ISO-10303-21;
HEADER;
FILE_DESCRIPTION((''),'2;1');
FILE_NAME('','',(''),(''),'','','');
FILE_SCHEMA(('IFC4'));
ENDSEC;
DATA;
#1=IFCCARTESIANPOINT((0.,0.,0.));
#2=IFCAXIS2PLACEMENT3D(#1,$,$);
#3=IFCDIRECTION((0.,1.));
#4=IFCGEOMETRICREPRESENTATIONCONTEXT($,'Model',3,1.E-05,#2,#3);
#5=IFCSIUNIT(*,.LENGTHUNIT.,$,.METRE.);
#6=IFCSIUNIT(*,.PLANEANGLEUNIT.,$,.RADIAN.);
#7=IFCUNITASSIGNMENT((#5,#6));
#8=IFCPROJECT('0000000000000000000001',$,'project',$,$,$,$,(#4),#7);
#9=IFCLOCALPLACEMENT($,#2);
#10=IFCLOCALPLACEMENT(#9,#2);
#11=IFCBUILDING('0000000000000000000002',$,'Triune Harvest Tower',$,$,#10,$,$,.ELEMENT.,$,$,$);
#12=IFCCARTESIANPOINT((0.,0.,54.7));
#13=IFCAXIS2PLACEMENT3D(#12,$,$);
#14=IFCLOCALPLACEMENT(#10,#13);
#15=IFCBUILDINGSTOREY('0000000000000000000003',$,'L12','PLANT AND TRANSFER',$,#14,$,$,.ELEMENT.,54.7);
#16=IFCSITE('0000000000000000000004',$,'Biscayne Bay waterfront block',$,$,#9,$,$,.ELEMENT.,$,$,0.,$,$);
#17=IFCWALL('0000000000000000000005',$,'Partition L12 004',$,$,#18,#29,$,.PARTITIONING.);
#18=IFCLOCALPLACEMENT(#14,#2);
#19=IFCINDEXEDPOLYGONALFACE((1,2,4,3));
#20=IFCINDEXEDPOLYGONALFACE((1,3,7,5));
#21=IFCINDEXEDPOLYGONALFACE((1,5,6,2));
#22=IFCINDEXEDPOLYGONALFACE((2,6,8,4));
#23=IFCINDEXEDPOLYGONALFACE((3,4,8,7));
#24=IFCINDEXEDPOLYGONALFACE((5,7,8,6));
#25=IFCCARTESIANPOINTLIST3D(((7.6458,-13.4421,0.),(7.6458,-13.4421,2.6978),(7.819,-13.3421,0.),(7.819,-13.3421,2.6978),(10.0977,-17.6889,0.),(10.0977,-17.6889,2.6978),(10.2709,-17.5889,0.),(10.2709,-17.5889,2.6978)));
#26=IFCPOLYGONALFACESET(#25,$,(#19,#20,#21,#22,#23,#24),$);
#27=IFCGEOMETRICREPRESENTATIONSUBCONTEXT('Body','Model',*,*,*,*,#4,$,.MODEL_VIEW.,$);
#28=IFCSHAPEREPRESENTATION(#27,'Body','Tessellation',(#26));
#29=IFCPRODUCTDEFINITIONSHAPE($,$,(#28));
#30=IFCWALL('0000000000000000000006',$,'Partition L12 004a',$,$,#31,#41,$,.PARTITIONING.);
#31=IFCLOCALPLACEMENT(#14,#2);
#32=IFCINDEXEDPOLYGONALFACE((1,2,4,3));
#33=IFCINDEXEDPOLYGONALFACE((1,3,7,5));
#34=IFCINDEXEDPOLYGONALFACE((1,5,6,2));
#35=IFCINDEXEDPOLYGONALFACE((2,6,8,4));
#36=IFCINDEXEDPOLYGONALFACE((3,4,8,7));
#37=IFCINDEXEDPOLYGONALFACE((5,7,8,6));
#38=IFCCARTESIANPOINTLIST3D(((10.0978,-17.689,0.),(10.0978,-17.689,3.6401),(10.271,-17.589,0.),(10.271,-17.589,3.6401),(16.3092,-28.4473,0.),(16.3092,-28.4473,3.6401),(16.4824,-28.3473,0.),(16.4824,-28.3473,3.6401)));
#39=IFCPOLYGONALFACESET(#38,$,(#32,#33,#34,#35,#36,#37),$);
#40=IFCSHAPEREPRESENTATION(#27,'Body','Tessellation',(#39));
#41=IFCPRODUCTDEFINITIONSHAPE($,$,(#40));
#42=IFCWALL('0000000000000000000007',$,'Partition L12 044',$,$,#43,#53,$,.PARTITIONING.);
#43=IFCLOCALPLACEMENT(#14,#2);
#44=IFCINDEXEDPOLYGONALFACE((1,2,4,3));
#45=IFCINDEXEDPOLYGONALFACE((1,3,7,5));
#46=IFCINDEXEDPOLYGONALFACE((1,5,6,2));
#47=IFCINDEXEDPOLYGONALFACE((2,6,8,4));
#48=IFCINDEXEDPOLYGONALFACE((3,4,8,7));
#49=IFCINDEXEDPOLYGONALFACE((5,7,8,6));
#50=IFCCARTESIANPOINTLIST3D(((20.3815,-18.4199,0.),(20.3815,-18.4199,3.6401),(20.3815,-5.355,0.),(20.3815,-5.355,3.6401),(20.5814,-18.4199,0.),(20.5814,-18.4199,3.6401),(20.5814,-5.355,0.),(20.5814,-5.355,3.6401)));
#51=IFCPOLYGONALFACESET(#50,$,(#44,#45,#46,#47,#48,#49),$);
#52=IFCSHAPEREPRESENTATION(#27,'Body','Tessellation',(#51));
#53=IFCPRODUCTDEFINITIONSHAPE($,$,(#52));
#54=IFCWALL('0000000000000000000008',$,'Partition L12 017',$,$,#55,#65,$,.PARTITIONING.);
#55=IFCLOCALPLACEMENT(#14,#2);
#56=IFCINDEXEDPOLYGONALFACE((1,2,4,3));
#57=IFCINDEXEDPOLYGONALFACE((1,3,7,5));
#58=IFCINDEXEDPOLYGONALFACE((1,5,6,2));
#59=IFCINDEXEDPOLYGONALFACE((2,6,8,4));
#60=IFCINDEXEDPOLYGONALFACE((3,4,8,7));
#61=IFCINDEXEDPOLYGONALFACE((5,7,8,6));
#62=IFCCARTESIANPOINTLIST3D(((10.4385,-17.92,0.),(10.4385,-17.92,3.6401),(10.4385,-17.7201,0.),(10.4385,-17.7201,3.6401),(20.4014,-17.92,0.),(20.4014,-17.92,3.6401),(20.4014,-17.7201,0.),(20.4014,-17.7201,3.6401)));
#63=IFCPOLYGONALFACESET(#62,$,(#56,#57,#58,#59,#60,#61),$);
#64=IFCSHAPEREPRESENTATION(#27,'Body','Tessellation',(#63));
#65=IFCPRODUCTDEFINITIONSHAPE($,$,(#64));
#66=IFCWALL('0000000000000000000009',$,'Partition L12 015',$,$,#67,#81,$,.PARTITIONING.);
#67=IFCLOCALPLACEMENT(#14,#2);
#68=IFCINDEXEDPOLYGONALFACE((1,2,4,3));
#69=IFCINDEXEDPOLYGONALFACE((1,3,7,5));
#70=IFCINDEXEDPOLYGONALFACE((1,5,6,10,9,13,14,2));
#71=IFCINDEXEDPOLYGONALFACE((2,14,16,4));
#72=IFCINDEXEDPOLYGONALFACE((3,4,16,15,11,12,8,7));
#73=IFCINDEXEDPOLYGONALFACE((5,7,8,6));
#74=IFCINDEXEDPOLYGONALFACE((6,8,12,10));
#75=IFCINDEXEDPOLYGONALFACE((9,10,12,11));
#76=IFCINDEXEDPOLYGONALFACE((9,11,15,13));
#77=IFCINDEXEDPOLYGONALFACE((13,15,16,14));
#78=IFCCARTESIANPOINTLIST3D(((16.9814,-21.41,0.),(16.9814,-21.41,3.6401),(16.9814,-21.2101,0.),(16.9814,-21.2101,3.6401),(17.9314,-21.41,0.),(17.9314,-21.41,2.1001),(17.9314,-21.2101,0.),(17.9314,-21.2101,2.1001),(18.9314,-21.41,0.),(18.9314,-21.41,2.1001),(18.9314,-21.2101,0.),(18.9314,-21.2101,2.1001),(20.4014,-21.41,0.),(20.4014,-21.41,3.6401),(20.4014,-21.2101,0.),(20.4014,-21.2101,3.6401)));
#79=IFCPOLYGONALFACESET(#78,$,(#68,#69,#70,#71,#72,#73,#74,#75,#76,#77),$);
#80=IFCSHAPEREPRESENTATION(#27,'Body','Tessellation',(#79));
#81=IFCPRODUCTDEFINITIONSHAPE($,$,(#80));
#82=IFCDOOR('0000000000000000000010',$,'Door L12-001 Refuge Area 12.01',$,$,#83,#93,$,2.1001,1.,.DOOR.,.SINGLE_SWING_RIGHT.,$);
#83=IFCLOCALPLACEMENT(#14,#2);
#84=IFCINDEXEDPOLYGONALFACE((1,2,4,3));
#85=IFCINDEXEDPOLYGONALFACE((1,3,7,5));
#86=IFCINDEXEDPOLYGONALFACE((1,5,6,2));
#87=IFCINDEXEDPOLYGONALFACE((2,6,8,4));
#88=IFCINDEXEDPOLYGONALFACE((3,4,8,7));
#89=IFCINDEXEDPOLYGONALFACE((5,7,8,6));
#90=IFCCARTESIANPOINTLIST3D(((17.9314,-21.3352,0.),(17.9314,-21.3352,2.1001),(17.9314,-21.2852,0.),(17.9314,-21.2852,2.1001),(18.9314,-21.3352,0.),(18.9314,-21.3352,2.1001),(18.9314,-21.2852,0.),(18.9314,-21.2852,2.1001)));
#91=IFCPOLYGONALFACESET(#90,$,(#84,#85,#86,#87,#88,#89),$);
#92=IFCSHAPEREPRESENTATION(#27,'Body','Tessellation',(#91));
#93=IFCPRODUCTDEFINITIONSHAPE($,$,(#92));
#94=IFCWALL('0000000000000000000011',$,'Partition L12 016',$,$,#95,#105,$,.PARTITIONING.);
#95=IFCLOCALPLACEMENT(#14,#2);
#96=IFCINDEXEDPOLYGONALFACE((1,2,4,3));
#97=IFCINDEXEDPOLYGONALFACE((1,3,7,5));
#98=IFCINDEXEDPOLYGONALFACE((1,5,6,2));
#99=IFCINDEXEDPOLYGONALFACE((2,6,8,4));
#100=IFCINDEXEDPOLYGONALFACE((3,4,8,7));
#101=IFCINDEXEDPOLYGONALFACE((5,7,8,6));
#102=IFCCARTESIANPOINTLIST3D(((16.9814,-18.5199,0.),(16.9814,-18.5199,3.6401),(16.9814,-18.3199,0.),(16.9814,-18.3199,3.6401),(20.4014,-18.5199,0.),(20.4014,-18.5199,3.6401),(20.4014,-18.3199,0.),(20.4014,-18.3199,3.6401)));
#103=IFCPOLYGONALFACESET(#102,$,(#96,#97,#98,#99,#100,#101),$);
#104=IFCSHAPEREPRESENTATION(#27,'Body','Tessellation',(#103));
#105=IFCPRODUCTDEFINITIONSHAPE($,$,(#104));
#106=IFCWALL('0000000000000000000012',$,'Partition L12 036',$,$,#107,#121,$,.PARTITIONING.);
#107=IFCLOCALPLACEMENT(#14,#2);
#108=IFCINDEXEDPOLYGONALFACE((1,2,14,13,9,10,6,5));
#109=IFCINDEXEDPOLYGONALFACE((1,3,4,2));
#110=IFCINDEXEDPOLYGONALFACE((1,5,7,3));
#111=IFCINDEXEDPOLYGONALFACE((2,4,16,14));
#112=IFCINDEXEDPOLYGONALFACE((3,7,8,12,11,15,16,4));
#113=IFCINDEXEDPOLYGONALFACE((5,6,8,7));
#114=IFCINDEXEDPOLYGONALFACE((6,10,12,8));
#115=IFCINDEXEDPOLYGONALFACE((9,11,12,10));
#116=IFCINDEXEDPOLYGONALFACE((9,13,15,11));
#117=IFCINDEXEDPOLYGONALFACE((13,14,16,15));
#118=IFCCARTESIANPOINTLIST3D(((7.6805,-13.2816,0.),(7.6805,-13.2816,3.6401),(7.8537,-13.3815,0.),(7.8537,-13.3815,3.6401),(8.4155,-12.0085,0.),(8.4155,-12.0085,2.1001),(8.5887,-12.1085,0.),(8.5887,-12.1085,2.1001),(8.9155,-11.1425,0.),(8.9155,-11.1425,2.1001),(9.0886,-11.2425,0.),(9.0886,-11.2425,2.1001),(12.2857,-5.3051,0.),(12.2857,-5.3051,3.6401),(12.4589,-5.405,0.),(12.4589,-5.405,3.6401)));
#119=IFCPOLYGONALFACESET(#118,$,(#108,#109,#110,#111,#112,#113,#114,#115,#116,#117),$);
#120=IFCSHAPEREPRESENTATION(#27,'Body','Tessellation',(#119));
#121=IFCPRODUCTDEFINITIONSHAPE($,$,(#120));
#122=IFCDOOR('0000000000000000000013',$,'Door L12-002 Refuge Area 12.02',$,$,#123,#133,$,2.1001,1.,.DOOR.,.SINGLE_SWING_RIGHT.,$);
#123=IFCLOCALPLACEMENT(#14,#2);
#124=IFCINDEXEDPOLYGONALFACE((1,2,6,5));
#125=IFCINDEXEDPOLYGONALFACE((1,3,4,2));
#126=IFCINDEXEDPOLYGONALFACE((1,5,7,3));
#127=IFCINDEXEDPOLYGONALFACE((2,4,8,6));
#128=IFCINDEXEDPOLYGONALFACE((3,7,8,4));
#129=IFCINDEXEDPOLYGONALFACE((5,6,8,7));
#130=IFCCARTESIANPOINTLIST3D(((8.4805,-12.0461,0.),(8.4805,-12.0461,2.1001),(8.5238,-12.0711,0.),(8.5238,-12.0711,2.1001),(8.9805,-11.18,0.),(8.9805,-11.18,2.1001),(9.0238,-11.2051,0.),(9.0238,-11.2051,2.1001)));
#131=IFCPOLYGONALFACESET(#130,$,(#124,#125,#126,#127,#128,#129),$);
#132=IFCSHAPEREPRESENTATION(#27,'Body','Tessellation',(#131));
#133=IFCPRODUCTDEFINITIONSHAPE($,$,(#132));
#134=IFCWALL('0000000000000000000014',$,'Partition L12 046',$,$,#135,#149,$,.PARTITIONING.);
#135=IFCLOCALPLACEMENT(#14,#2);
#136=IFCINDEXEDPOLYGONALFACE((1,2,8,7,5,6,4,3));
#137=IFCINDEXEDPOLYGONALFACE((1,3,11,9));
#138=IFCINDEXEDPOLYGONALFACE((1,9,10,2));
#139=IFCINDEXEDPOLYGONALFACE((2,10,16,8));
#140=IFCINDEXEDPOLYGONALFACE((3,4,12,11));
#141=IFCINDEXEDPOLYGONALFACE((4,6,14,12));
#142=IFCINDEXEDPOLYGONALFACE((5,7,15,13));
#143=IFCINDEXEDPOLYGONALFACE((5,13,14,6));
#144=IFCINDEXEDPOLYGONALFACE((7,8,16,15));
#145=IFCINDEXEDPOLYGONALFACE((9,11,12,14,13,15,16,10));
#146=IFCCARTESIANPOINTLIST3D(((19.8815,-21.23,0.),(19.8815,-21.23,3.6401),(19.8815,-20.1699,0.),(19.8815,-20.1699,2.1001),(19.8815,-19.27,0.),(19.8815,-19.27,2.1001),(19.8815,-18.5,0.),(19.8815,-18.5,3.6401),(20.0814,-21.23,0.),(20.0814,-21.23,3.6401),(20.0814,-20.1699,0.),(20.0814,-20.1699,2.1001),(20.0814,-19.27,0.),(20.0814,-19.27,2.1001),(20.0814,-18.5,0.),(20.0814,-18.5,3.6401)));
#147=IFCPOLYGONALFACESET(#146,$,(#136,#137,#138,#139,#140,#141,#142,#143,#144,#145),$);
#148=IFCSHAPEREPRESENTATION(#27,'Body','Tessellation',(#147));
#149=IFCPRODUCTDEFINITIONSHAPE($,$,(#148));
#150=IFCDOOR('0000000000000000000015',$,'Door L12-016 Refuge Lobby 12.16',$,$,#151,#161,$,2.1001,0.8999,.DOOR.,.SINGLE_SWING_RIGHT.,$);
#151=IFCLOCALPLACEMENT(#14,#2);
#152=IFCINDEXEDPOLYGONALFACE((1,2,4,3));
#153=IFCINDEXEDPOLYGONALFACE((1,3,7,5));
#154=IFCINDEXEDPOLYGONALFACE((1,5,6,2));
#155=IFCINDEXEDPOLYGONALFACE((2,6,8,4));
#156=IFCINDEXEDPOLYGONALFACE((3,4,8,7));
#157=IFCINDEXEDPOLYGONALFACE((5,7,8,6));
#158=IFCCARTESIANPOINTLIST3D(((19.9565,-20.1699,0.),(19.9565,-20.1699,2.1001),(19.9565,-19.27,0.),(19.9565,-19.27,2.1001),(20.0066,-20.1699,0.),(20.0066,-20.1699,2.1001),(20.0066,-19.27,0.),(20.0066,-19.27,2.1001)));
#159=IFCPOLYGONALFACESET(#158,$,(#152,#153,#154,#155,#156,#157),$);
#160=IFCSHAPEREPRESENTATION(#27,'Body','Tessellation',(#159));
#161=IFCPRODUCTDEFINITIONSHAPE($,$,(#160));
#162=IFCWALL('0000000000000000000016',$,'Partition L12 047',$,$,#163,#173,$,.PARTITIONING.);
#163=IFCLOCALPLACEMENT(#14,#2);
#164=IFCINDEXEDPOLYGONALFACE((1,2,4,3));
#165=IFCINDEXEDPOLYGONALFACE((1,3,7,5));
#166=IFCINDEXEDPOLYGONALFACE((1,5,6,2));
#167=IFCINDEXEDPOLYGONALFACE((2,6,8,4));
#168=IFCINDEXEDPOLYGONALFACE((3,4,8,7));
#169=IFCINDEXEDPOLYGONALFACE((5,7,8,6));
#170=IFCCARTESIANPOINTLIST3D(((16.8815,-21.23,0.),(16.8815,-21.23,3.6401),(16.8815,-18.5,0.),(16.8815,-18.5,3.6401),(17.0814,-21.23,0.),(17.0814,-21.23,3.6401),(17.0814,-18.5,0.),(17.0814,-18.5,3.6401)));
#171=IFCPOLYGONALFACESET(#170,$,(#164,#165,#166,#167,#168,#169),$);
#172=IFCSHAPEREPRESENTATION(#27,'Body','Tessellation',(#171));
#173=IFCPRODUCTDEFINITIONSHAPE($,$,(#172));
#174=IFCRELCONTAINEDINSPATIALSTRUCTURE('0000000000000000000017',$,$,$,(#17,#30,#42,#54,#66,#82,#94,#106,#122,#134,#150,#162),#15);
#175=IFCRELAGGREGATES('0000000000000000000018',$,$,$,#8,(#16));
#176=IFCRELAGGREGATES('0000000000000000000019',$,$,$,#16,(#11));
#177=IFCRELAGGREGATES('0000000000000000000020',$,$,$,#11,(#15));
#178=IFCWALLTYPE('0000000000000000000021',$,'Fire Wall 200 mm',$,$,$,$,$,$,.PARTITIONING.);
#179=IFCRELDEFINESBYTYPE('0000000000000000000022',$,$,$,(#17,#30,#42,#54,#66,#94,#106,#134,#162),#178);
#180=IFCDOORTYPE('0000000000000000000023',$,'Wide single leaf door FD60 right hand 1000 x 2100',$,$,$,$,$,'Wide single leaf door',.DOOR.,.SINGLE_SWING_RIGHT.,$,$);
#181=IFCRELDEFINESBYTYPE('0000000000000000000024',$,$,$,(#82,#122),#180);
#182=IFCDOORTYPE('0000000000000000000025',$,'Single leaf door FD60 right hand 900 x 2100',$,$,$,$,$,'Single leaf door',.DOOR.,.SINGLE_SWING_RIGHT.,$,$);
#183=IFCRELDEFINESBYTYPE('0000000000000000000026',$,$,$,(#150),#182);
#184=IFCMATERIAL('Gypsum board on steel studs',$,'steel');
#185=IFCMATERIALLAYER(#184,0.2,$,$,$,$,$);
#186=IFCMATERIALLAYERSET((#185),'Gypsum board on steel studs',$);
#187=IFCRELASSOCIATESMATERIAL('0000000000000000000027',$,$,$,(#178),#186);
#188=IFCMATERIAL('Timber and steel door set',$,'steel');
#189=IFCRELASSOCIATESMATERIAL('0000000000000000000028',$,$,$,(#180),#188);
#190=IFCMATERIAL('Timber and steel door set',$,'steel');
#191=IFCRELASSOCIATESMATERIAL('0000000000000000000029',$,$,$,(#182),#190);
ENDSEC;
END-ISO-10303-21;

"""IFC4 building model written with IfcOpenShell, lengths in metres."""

from ifc_helpers import new_model, si_unit, direction, frame, frame_2d, origin, place, context, subcontext, project, spatial, rectangle, extrude, source, transform, mapped, material, layer, layer_set, type_object, element, fill, save


model = new_model("IFC4")

# Units and contexts
model_context = context("Model", 3, precision=1e-05, world=origin(), true_north=direction((0.0, 1.0)))
body_context = subcontext(model_context, "Body", "Model", "MODEL_VIEW")
ifc_project = project(units=[si_unit("LENGTHUNIT", "METRE"), si_unit("PLANEANGLEUNIT", "RADIAN")], contexts=[model_context])

# Site, building, storey
site_placement = place(None, origin())
site = spatial("IfcSite", under=ifc_project, at=site_placement, Name="Biscayne Bay waterfront block", CompositionType="ELEMENT", RefElevation=0.0)
building_placement = place(site_placement, origin())
building = spatial("IfcBuilding", under=site, at=building_placement, Name="Triune Harvest Tower", CompositionType="ELEMENT")
storey_placement = place(building_placement, frame((0.0, 0.0, 54.7)))
storey = spatial("IfcBuildingStorey", under=building, at=storey_placement, Name="L12", Description="PLANT AND TRANSFER", CompositionType="ELEMENT", Elevation=54.7)

# Walls
ifc_material_1 = material(Name="Gypsum board on steel studs", Category="steel")
ifc_layer_1 = layer(ifc_material_1, 0.2)
ifc_layer_set_1 = layer_set([ifc_layer_1], Name="Gypsum board on steel studs")
wall_type = type_object("IfcWallType", Name="Fire Wall 200 mm", PredefinedType="PARTITIONING", material=ifc_layer_set_1)
wall_1_placement = place(storey_placement, frame((7.7324, -13.3921, 0.0), z_axis=(0.0, 0.0, 1.0), x_axis=(0.5, -0.866026, 0.0)))
element("IfcWall", 1, at=wall_1_placement, inside=storey, type_object=wall_type, Name="Partition L12 004", PredefinedType="PARTITIONING", context=body_context, shape_type="SweptSolid", body=[
    extrude(rectangle(XDim=4.9038, YDim=0.2, at=frame_2d((2.4519, 0.0))), origin(), (0.0, 0.0, 1.0), 2.6978),
])
wall_2_placement = place(storey_placement, frame((10.1843, -17.6389, 0.0), z_axis=(0.0, 0.0, 1.0), x_axis=(0.500007, -0.866021, 0.0)))
element("IfcWall", 2, at=wall_2_placement, inside=storey, type_object=wall_type, Name="Partition L12 004a", PredefinedType="PARTITIONING", context=body_context, shape_type="SweptSolid", body=[
    extrude(rectangle(XDim=12.4226, YDim=0.2, at=frame_2d((6.2114, 0.0))), origin(), (0.0, 0.0, 1.0), 3.6401),
])
wall_3_placement = place(storey_placement, frame((20.4814, -18.4199, 0.0), z_axis=(0.0, 0.0, 1.0), x_axis=(0.0, 1.0, 0.0)))
element("IfcWall", 3, at=wall_3_placement, inside=storey, type_object=wall_type, Name="Partition L12 044", PredefinedType="PARTITIONING", context=body_context, shape_type="SweptSolid", body=[
    extrude(rectangle(XDim=13.0649, YDim=0.2, at=frame_2d((6.5325, 0.0))), origin(), (0.0, 0.0, 1.0), 3.6401),
])
shared_shape_1 = source(origin(), body_context, "Body", "SweptSolid", [
    extrude(rectangle(XDim=9.9629, YDim=0.2, at=frame_2d((4.9814, 0.0))), origin(), (0.0, 0.0, 1.0), 3.6401),
])
wall_4_placement = place(storey_placement, frame((10.4385, -17.8201, 0.0), z_axis=(0.0, 0.0, 1.0), x_axis=(1.0, 0.0, 0.0)))
element("IfcWall", 4, at=wall_4_placement, inside=storey, type_object=wall_type, Name="Partition L12 017", PredefinedType="PARTITIONING", context=body_context, shape_type="MappedRepresentation", body=[
    mapped(shared_shape_1, transform((0.0, 0.0, 0.0), scale=1.0)),
])

# Wall, opening, door
shared_shape_2 = source(origin(), body_context, "Body", "SweptSolid", [
    extrude(rectangle(XDim=3.4199, YDim=0.2, at=frame_2d((1.71, 0.0))), origin(), (0.0, 0.0, 1.0), 3.6401),
])
wall_5_placement = place(storey_placement, frame((16.9814, -21.3101, 0.0), z_axis=(0.0, 0.0, 1.0), x_axis=(1.0, 0.0, 0.0)))
wall_5 = element("IfcWall", 5, at=wall_5_placement, inside=storey, type_object=wall_type, Name="Partition L12 015", PredefinedType="PARTITIONING", context=body_context, shape_type="MappedRepresentation", body=[
    mapped(shared_shape_2, transform((0.0, 0.0, 0.0), scale=1.0)),
])
opening_1_placement = place(wall_5_placement, frame((0.95, 0.0, 0.0)))
opening_1 = element("IfcOpeningElement", 6, at=opening_1_placement, cuts=wall_5, PredefinedType="OPENING", context=body_context, shape_type="SweptSolid", body=[
    extrude(rectangle(XDim=1.0, YDim=2.1001, at=frame_2d((0.5, 1.05))), frame((0.0, 0.1099, 0.0), z_axis=(0.0, -1.0, 0.0), x_axis=(1.0, 0.0, 0.0)), (0.0, 0.0, 1.0), 0.22),
])
ifc_material_2 = material(Name="Timber and steel door set", Category="steel")
door_type_1 = type_object("IfcDoorType", Name="Wide single leaf door FD60 right hand 1000 x 2100", ElementType="Wide single leaf door", OperationType="SINGLE_SWING_RIGHT", PredefinedType="DOOR", material=ifc_material_2)
door_1_placement = place(opening_1_placement, origin())
door_1 = element("IfcDoor", 7, at=door_1_placement, inside=storey, type_object=door_type_1, Name="Door L12-001 Refuge Area 12.01", OperationType="SINGLE_SWING_RIGHT", OverallHeight=2.1001, OverallWidth=1.0, PredefinedType="DOOR", context=body_context, shape_type="SweptSolid", body=[
    extrude(rectangle(XDim=1.0, YDim=2.1001, at=frame_2d((0.5, 1.05))), frame((0.0, 0.0249, 0.0), z_axis=(0.0, -1.0, 0.0), x_axis=(1.0, 0.0, 0.0)), (0.0, 0.0, 1.0), 0.05),
])
fill(opening_1, door_1)

# Wall
wall_6_placement = place(storey_placement, frame((16.9814, -18.4199, 0.0), z_axis=(0.0, 0.0, 1.0), x_axis=(1.0, 0.0, 0.0)))
element("IfcWall", 8, at=wall_6_placement, inside=storey, type_object=wall_type, Name="Partition L12 016", PredefinedType="PARTITIONING", context=body_context, shape_type="MappedRepresentation", body=[
    mapped(shared_shape_2, transform((0.0, 0.0, 0.0), scale=1.0)),
])

# Walls, openings, doors
shared_shape_3 = source(origin(), body_context, "Body", "SweptSolid", [
    extrude(rectangle(XDim=9.2104, YDim=0.2, at=frame_2d((4.6052, 0.0))), origin(), (0.0, 0.0, 1.0), 3.6401),
])
wall_7_placement = place(storey_placement, frame((7.7671, -13.3315, 0.0), z_axis=(0.0, 0.0, 1.0), x_axis=(0.499996, 0.866028, 0.0)))
wall_7 = element("IfcWall", 9, at=wall_7_placement, inside=storey, type_object=wall_type, Name="Partition L12 036", PredefinedType="PARTITIONING", context=body_context, shape_type="MappedRepresentation", body=[
    mapped(shared_shape_3, transform((0.0, 0.0, 0.0), scale=1.0)),
])
opening_2_placement = place(wall_7_placement, frame((1.47, 0.0, 0.0)))
opening_2 = element("IfcOpeningElement", 10, at=opening_2_placement, cuts=wall_7, PredefinedType="OPENING", context=body_context, shape_type="SweptSolid", body=[
    extrude(rectangle(XDim=1.0, YDim=2.1001, at=frame_2d((0.5, 1.05))), frame((0.0, 0.1099, 0.0), z_axis=(0.0, -1.0, 0.0), x_axis=(1.0, 0.0, 0.0)), (0.0, 0.0, 1.0), 0.22),
])
door_2_placement = place(opening_2_placement, origin())
door_2 = element("IfcDoor", 11, at=door_2_placement, inside=storey, type_object=door_type_1, Name="Door L12-002 Refuge Area 12.02", OperationType="SINGLE_SWING_RIGHT", OverallHeight=2.1001, OverallWidth=1.0, PredefinedType="DOOR", context=body_context, shape_type="SweptSolid", body=[
    extrude(rectangle(XDim=1.0, YDim=2.1001, at=frame_2d((0.5, 1.05))), frame((0.0, 0.0249, 0.0), z_axis=(0.0, -1.0, 0.0), x_axis=(1.0, 0.0, 0.0)), (0.0, 0.0, 1.0), 0.05),
])
fill(opening_2, door_2)
shared_shape_4 = source(origin(), body_context, "Body", "SweptSolid", [
    extrude(rectangle(XDim=2.73, YDim=0.2, at=frame_2d((1.365, 0.0))), origin(), (0.0, 0.0, 1.0), 3.6401),
])
wall_8_placement = place(storey_placement, frame((19.9814, -21.23, 0.0), z_axis=(0.0, 0.0, 1.0), x_axis=(0.0, 1.0, 0.0)))
wall_8 = element("IfcWall", 12, at=wall_8_placement, inside=storey, type_object=wall_type, Name="Partition L12 046", PredefinedType="PARTITIONING", context=body_context, shape_type="MappedRepresentation", body=[
    mapped(shared_shape_4, transform((0.0, 0.0, 0.0), scale=1.0)),
])
opening_3_placement = place(wall_8_placement, frame((1.0601, 0.0, 0.0)))
opening_3 = element("IfcOpeningElement", 13, at=opening_3_placement, cuts=wall_8, PredefinedType="OPENING", context=body_context, shape_type="SweptSolid", body=[
    extrude(rectangle(XDim=0.8999, YDim=2.1001, at=frame_2d((0.45, 1.05))), frame((0.0, 0.1099, 0.0), z_axis=(0.0, -1.0, 0.0), x_axis=(1.0, 0.0, 0.0)), (0.0, 0.0, 1.0), 0.22),
])
ifc_material_3 = material(Name="Timber and steel door set", Category="steel")
door_type_2 = type_object("IfcDoorType", Name="Single leaf door FD60 right hand 900 x 2100", ElementType="Single leaf door", OperationType="SINGLE_SWING_RIGHT", PredefinedType="DOOR", material=ifc_material_3)
door_3_placement = place(opening_3_placement, origin())
door_3 = element("IfcDoor", 14, at=door_3_placement, inside=storey, type_object=door_type_2, Name="Door L12-016 Refuge Lobby 12.16", OperationType="SINGLE_SWING_RIGHT", OverallHeight=2.1001, OverallWidth=0.8999, PredefinedType="DOOR", context=body_context, shape_type="SweptSolid", body=[
    extrude(rectangle(XDim=0.8999, YDim=2.1001, at=frame_2d((0.45, 1.05))), frame((0.0, 0.0249, 0.0), z_axis=(0.0, -1.0, 0.0), x_axis=(1.0, 0.0, 0.0)), (0.0, 0.0, 1.0), 0.05),
])
fill(opening_3, door_3)

# Wall
wall_9_placement = place(storey_placement, frame((16.9814, -21.23, 0.0), z_axis=(0.0, 0.0, 1.0), x_axis=(0.0, 1.0, 0.0)))
element("IfcWall", 15, at=wall_9_placement, inside=storey, type_object=wall_type, Name="Partition L12 047", PredefinedType="PARTITIONING", context=body_context, shape_type="MappedRepresentation", body=[
    mapped(shared_shape_4, transform((0.0, 0.0, 0.0), scale=1.0)),
])

save(model, "model.ifc")
